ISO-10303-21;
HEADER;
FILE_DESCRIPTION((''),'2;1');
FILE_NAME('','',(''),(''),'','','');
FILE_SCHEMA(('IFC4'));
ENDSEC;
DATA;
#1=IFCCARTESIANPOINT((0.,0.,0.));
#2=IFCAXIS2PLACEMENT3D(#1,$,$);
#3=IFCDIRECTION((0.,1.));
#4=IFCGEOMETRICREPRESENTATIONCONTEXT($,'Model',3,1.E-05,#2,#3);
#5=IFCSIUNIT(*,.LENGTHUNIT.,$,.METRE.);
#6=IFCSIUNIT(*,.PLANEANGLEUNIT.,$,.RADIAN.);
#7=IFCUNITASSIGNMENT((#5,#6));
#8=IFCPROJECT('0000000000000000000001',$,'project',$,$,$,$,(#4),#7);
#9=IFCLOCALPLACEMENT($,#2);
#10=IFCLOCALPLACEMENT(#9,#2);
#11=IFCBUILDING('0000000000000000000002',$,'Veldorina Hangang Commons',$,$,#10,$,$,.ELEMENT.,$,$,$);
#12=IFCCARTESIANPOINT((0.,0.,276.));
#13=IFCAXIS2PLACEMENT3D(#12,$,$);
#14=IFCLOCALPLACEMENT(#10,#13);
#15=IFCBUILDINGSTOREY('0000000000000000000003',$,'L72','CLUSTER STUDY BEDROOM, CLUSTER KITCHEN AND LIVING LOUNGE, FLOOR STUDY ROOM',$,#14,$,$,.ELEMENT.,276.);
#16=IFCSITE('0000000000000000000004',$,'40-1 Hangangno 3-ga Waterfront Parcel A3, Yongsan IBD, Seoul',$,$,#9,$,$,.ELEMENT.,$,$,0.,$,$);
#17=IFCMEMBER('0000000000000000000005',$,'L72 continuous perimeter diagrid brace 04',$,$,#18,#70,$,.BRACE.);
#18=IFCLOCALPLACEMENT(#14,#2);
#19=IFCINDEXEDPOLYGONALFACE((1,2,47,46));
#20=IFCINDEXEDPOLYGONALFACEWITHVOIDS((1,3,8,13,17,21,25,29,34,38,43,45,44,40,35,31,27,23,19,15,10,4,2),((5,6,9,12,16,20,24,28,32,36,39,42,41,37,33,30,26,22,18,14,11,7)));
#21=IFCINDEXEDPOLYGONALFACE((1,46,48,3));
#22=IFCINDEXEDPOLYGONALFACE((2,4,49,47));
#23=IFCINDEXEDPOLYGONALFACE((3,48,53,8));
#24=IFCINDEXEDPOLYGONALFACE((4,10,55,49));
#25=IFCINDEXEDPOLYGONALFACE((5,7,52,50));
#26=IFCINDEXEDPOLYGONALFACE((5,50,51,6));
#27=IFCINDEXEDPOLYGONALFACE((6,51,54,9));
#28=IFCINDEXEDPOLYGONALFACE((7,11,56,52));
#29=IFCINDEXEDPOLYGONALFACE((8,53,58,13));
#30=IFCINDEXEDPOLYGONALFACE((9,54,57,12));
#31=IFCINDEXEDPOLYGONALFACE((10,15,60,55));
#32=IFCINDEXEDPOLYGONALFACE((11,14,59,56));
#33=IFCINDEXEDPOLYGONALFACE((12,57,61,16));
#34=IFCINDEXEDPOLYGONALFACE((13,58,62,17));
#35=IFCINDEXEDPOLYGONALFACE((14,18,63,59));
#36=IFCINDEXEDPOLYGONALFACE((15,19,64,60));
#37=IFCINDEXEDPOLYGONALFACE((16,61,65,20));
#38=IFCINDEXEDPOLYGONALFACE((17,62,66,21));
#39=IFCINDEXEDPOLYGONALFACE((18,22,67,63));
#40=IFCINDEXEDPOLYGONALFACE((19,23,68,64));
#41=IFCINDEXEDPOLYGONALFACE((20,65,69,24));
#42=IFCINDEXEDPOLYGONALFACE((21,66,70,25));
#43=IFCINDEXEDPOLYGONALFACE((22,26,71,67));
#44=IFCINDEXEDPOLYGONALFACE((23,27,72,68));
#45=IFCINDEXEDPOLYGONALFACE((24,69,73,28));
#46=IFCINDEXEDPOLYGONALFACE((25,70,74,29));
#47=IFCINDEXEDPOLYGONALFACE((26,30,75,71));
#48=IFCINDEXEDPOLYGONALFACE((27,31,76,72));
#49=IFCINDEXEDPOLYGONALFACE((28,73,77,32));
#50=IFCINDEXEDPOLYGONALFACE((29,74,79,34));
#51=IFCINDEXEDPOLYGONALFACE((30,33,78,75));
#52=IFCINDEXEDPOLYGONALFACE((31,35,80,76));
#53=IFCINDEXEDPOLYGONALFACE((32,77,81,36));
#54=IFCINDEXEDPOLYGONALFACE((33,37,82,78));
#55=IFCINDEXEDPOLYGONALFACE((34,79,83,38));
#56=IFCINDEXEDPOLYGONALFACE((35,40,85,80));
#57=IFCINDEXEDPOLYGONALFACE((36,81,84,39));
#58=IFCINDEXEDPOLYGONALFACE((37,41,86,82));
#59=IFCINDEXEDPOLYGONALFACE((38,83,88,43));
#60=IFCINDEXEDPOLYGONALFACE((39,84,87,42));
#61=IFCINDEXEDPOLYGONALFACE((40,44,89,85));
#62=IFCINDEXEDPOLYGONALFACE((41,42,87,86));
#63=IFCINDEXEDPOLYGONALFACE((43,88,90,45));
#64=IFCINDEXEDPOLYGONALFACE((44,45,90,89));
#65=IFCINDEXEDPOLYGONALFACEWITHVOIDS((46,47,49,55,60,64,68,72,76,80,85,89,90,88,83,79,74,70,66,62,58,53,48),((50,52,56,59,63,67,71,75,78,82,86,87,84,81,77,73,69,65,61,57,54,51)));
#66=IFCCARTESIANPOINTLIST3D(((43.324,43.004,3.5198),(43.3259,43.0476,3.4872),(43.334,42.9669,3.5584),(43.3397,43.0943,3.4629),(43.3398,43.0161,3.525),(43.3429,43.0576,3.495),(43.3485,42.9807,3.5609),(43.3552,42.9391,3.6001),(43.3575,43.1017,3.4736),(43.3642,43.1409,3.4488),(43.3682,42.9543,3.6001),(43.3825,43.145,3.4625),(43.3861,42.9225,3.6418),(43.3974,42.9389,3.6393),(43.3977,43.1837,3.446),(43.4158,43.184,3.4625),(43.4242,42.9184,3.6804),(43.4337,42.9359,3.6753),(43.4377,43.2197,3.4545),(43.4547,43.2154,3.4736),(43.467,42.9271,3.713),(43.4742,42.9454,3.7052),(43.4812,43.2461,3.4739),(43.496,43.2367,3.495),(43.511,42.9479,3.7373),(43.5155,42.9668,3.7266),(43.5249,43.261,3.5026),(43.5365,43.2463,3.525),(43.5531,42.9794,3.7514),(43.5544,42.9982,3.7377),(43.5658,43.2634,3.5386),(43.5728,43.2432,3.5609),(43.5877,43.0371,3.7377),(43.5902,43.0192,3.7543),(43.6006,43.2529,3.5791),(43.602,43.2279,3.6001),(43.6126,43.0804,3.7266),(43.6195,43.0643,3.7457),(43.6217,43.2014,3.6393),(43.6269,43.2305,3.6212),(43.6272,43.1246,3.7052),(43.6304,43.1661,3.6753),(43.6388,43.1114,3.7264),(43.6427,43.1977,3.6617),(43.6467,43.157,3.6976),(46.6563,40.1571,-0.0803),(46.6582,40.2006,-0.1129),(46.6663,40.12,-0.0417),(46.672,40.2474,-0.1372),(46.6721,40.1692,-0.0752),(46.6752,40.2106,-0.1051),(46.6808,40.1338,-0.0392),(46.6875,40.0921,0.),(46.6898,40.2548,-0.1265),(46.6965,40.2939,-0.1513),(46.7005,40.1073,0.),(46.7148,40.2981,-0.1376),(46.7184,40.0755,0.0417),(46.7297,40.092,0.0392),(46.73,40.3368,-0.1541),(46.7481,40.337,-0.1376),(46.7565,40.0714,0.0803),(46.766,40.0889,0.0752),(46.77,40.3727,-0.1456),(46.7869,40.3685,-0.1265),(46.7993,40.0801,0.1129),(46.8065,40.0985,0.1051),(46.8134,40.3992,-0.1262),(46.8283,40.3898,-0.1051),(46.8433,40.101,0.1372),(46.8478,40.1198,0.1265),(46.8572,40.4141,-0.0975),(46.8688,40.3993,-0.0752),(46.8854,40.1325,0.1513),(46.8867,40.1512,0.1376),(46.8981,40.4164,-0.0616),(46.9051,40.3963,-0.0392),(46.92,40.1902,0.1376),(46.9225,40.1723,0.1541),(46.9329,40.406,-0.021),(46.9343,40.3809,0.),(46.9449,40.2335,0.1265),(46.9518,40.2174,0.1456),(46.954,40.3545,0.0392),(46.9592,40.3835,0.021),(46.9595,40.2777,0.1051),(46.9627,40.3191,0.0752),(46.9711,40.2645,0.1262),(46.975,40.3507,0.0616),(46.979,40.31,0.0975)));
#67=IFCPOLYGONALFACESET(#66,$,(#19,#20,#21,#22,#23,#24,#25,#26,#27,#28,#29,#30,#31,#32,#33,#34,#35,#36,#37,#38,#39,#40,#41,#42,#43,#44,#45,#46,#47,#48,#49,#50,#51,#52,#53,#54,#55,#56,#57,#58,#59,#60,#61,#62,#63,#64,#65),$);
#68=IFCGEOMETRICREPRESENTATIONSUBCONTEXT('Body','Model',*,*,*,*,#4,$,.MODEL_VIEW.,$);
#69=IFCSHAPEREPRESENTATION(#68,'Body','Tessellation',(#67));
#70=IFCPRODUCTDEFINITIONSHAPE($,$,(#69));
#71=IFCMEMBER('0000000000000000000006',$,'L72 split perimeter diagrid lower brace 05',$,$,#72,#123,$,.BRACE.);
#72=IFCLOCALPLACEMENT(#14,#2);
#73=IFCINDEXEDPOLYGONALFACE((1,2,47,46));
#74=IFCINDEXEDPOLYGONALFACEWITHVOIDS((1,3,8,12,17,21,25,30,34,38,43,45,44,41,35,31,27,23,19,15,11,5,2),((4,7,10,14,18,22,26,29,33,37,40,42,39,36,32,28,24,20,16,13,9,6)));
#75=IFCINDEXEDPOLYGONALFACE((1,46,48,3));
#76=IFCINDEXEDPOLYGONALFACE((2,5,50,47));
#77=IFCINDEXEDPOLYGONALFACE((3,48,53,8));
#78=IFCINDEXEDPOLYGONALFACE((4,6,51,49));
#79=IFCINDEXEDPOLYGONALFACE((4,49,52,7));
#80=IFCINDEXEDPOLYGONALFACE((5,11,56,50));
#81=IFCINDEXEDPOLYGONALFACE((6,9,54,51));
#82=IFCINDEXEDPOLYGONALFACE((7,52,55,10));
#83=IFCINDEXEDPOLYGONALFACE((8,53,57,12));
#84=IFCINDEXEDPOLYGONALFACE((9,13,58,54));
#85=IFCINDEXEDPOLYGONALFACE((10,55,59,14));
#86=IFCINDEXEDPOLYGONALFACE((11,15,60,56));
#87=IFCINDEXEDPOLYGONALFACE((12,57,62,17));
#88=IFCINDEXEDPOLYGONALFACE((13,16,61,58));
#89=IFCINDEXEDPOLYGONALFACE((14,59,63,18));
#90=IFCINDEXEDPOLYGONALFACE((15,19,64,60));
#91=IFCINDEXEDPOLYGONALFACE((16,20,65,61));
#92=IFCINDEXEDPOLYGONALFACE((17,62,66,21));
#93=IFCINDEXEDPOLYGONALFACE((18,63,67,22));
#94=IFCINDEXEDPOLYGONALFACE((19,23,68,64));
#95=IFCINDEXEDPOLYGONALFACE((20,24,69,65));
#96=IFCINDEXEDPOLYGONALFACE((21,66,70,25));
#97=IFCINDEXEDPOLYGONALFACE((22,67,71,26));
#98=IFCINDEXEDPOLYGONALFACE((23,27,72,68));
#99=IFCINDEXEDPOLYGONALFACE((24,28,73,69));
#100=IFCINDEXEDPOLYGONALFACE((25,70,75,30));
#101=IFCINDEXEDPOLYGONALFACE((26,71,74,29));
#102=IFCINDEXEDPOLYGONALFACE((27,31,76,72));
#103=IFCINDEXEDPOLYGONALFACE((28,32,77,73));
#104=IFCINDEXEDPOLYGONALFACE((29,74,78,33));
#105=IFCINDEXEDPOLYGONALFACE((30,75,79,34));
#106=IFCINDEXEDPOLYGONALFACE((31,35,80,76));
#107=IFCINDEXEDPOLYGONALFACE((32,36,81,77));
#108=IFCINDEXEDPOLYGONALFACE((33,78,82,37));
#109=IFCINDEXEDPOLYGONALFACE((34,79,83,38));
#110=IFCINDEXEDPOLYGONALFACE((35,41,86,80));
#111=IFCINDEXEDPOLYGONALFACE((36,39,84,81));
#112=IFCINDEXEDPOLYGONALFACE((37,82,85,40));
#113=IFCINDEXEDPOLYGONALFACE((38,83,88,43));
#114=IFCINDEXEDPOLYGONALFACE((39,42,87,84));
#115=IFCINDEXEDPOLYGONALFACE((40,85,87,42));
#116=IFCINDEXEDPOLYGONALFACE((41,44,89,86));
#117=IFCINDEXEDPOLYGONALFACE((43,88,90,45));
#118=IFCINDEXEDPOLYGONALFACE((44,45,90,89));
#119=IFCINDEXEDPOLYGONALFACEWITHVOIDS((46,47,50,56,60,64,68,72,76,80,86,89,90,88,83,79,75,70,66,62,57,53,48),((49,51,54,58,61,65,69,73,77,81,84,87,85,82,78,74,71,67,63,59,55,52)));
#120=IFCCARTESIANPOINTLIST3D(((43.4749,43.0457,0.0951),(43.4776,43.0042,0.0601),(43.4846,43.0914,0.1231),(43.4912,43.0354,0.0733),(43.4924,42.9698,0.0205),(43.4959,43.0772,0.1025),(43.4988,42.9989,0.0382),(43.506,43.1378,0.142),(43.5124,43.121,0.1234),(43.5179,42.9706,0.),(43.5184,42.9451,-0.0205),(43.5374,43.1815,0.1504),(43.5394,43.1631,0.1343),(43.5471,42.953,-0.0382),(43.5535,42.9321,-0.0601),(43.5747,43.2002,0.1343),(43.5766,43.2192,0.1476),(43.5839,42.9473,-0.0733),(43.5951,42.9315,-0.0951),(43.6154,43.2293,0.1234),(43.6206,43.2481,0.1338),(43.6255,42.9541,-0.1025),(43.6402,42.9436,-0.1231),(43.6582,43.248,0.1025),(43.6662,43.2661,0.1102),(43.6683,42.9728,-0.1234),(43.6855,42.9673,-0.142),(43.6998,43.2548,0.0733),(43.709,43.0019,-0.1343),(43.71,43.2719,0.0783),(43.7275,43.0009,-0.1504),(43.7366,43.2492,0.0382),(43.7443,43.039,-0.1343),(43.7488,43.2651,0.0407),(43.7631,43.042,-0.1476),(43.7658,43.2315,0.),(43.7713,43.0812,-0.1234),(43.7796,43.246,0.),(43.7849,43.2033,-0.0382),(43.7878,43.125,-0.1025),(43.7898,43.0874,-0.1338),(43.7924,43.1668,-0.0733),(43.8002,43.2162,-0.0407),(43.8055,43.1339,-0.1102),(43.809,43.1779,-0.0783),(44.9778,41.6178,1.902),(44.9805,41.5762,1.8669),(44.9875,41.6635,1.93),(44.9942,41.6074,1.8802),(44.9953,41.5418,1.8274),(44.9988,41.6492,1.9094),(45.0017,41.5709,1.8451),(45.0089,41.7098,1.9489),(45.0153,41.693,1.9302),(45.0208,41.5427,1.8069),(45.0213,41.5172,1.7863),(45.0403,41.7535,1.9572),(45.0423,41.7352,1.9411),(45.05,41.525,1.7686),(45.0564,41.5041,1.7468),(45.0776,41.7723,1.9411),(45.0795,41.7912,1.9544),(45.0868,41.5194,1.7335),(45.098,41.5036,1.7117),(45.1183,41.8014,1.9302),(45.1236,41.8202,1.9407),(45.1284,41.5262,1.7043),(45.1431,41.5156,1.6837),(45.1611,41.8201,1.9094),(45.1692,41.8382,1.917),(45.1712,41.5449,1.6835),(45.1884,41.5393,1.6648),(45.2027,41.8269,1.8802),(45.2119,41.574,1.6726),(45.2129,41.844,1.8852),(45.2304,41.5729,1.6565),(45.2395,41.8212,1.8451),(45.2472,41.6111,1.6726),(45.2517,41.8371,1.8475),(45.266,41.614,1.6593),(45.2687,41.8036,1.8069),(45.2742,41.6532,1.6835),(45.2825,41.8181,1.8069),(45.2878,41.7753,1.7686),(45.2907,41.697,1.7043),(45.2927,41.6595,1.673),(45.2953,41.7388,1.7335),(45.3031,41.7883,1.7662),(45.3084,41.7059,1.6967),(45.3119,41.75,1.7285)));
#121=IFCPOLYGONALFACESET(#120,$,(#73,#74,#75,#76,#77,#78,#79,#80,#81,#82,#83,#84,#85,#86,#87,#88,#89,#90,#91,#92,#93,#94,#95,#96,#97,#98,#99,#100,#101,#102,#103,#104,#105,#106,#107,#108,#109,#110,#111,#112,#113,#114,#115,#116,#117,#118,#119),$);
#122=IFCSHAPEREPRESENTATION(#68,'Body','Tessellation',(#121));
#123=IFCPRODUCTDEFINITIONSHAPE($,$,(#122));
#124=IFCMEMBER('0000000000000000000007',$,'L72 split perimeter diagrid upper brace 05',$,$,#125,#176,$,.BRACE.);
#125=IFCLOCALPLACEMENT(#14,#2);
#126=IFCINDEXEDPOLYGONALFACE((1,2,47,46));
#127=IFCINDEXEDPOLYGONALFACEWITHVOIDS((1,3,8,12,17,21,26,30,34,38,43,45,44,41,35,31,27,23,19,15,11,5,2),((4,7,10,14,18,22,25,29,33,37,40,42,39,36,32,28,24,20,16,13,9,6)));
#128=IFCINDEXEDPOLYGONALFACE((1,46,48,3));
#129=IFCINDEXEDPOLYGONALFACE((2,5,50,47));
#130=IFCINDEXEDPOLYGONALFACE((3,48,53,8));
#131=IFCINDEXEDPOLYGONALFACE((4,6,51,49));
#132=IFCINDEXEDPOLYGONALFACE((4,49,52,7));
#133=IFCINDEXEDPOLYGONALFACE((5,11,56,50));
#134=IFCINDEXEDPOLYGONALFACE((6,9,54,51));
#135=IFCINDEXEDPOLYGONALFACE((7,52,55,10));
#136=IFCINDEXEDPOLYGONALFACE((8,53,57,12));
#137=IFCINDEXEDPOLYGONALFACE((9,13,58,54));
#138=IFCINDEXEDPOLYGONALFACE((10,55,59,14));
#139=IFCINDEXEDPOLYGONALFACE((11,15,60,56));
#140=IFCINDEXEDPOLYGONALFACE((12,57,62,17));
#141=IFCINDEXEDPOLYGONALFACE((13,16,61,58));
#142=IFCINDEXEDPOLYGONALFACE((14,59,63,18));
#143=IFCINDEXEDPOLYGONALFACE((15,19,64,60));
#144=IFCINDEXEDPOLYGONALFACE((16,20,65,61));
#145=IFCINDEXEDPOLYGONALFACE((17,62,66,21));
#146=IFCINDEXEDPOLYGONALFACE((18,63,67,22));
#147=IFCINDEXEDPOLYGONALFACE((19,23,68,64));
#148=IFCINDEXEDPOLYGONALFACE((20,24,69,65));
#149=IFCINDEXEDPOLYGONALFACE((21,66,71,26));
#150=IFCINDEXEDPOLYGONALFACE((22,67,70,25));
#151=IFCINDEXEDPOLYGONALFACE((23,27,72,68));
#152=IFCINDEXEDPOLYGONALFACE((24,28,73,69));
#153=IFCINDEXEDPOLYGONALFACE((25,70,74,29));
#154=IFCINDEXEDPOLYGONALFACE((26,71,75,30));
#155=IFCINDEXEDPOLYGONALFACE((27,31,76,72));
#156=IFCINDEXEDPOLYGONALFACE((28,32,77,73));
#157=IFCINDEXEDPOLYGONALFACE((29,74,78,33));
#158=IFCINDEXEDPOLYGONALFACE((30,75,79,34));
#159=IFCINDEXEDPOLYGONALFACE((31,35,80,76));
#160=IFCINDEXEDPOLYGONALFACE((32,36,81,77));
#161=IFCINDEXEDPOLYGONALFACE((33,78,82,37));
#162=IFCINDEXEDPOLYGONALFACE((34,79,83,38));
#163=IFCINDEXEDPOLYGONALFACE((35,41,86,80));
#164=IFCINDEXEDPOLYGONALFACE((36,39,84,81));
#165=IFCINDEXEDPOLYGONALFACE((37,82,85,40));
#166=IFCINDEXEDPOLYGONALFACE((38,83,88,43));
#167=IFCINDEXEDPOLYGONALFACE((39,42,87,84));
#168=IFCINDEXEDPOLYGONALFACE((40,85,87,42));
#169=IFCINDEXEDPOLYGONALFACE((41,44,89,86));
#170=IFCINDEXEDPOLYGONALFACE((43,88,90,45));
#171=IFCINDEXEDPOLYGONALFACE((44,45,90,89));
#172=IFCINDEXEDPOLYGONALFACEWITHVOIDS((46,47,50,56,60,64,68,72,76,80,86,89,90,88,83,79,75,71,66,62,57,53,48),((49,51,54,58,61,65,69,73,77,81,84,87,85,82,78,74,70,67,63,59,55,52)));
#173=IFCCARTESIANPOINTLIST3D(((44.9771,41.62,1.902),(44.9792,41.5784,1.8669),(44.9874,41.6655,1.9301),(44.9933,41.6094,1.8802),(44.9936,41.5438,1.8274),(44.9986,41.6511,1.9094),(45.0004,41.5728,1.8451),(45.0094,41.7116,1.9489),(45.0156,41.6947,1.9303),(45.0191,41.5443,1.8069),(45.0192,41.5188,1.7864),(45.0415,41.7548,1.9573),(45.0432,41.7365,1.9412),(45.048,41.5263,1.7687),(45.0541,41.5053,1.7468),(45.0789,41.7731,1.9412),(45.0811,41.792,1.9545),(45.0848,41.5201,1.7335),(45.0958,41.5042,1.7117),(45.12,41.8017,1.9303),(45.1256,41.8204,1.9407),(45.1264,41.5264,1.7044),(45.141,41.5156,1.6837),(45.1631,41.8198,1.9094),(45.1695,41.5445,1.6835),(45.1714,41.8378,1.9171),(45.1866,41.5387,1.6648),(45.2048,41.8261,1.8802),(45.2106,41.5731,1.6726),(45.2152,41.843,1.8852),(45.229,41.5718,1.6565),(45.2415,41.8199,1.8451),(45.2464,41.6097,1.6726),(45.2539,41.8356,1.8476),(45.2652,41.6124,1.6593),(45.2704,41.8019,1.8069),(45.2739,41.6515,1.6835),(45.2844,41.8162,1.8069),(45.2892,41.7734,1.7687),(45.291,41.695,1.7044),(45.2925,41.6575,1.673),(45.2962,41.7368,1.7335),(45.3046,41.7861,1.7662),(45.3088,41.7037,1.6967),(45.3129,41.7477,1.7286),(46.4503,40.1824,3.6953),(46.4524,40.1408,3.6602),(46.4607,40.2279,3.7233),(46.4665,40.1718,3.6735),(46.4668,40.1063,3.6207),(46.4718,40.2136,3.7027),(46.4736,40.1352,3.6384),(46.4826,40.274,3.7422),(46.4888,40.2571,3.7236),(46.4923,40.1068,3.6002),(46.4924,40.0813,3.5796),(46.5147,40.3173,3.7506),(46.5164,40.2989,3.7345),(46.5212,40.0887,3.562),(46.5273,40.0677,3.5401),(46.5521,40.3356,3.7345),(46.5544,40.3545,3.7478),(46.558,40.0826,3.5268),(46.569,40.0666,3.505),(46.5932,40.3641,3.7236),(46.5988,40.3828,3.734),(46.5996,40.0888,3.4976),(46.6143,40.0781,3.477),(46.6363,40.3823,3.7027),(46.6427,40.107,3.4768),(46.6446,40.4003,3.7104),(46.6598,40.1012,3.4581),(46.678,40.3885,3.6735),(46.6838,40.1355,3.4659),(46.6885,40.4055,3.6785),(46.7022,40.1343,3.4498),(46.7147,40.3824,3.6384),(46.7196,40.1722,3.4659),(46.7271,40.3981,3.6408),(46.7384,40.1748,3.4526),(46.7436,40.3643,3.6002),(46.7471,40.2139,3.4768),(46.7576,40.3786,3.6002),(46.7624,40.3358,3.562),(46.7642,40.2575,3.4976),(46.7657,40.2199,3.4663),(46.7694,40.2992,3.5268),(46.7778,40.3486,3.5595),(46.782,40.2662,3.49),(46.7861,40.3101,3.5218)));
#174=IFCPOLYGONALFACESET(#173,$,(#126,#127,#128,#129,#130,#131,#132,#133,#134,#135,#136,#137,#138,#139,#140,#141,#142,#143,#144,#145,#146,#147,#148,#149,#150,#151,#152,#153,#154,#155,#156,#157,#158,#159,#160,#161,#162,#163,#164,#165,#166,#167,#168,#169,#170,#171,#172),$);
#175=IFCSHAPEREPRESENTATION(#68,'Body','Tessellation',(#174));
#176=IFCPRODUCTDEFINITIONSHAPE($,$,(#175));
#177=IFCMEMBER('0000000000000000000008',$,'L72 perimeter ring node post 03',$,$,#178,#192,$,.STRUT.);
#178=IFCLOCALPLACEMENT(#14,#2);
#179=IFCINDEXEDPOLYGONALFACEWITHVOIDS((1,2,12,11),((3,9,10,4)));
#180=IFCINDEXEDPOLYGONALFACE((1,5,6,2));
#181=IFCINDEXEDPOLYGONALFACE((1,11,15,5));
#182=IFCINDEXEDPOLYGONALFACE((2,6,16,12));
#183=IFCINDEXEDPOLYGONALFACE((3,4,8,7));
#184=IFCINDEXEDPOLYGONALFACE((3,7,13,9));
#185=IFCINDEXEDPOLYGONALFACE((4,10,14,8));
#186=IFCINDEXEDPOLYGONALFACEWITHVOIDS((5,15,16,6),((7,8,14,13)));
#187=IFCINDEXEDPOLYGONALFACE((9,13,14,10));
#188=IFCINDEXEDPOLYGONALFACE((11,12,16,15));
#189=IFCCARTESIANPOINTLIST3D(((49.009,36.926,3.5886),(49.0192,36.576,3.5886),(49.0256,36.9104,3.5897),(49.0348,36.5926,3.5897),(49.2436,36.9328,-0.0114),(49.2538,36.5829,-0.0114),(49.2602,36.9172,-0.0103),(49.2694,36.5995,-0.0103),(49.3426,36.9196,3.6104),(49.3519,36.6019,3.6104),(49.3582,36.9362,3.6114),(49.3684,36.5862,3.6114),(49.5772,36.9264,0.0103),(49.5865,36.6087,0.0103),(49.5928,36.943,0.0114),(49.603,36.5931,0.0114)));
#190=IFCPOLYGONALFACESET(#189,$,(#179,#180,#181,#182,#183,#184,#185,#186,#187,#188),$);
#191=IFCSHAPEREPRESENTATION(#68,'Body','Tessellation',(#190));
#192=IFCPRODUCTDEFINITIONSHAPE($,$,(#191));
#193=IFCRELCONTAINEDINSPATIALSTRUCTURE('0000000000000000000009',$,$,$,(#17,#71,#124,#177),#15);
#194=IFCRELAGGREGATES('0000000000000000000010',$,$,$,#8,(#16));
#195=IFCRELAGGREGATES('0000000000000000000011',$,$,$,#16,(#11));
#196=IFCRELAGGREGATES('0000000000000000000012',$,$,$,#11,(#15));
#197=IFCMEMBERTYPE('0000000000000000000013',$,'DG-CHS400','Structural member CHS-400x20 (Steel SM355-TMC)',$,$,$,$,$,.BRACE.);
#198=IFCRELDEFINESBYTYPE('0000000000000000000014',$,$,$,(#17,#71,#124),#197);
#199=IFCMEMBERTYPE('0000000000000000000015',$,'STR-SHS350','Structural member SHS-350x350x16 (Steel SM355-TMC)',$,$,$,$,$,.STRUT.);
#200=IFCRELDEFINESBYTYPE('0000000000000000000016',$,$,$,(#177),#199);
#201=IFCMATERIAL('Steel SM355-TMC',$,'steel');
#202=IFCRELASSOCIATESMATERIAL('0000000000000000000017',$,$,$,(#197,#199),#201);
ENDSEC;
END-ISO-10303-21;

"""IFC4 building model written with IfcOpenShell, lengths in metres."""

from ifc_helpers import new_model, si_unit, direction, frame, origin, origin_2d, place, context, subcontext, project, spatial, hollow_rectangle, hollow_circle, extrude, material, material_profile, profile_set, type_object, element, save


model = new_model("IFC4")

# Units and contexts
model_context = context("Model", 3, precision=1e-05, world=origin(), true_north=direction((0.0, 1.0)))
body_context = subcontext(model_context, "Body", "Model", "MODEL_VIEW")
ifc_project = project(units=[si_unit("LENGTHUNIT", "METRE"), si_unit("PLANEANGLEUNIT", "RADIAN")], contexts=[model_context])

# Site, building, storey
site_placement = place(None, origin())
site = spatial("IfcSite", under=ifc_project, at=site_placement, Name="40-1 Hangangno 3-ga Waterfront Parcel A3, Yongsan IBD, Seoul", CompositionType="ELEMENT", RefElevation=0.0)
building_placement = place(site_placement, origin())
building = spatial("IfcBuilding", under=site, at=building_placement, Name="Veldorina Hangang Commons", CompositionType="ELEMENT")
storey_placement = place(building_placement, frame((0.0, 0.0, 276.0)))
storey = spatial("IfcBuildingStorey", under=building, at=storey_placement, Name="L72", Description="CLUSTER STUDY BEDROOM, CLUSTER KITCHEN AND LIVING LOUNGE, FLOOR STUDY ROOM", CompositionType="ELEMENT", Elevation=276.0)

# Shared definitions
ifc_material_1 = material(Name="Steel SM355-TMC", Category="steel")

# Members
ifc_material_profile_1 = material_profile(ifc_material_1, hollow_circle(Radius=0.2, WallThickness=0.02, at=origin_2d()), Name="CHS-400x20")
ifc_profile_set_1 = profile_set([ifc_material_profile_1], Name="Steel SM355-TMC")
member_type_1 = type_object("IfcMemberType", Name="DG-CHS400", Description="Structural member CHS-400x20 (Steel SM355-TMC)", PredefinedType="BRACE", material=ifc_profile_set_1)
member_1_placement = place(storey_placement, frame((46.8174, 40.2441, 0.0), z_axis=(-0.587513, 0.50194, 0.634732), x_axis=(-0.649566, -0.760305, 0.0)))
element("IfcMember", 1, at=member_1_placement, inside=storey, type_object=member_type_1, Name="L72 continuous perimeter diagrid brace 04", PredefinedType="BRACE", context=body_context, shape_type="SweptSolid", body=[
    extrude(hollow_circle(Radius=0.2, WallThickness=0.02, at=origin_2d()), origin(), (0.0, 0.0, 1.0), 5.6719),
])
member_2_placement = place(storey_placement, frame((43.6418, 43.1011, 0.0), z_axis=(0.546511, -0.519256, 0.657038), x_axis=(0.688799, 0.724952, 0.0)))
element("IfcMember", 2, at=member_2_placement, inside=storey, type_object=member_type_1, Name="L72 split perimeter diagrid lower brace 05", PredefinedType="BRACE", context=body_context, shape_type="SweptSolid", body=[
    extrude(hollow_circle(Radius=0.2, WallThickness=0.02, at=origin_2d()), origin(), (0.0, 0.0, 1.0), 2.75),
])
member_3_placement = place(storey_placement, frame((45.1448, 41.6731, 1.8069), z_axis=(0.53964, -0.526582, 0.656887), x_axis=(0.698395, 0.715713, 0.0)))
element("IfcMember", 3, at=member_3_placement, inside=storey, type_object=member_type_1, Name="L72 split perimeter diagrid upper brace 05", PredefinedType="BRACE", context=body_context, shape_type="SweptSolid", body=[
    extrude(hollow_circle(Radius=0.2, WallThickness=0.02, at=origin_2d()), origin(), (0.0, 0.0, 1.0), 2.73),
])
ifc_material_profile_2 = material_profile(ifc_material_1, hollow_rectangle(XDim=0.3501, YDim=0.3501, WallThickness=0.0161, at=origin_2d()), Name="SHS-350x350x16")
ifc_profile_set_2 = profile_set([ifc_material_profile_2], Name="Steel SM355-TMC")
member_type_2 = type_object("IfcMemberType", Name="STR-SHS350", Description="Structural member SHS-350x350x16 (Steel SM355-TMC)", PredefinedType="STRUT", material=ifc_profile_set_2)
member_4_placement = place(storey_placement, frame((49.4233, 36.7629, 0.0), z_axis=(-0.065032, -0.001895, 0.997881), x_axis=(0.029124, -0.999576, 0.0)))
element("IfcMember", 4, at=member_4_placement, inside=storey, type_object=member_type_2, Name="L72 perimeter ring node post 03", PredefinedType="STRUT", context=body_context, shape_type="SweptSolid", body=[
    extrude(hollow_rectangle(XDim=0.3501, YDim=0.3501, WallThickness=0.0161, at=origin_2d()), origin(), (0.0, 0.0, 1.0), 3.6077),
])

save(model, "model.ifc")
